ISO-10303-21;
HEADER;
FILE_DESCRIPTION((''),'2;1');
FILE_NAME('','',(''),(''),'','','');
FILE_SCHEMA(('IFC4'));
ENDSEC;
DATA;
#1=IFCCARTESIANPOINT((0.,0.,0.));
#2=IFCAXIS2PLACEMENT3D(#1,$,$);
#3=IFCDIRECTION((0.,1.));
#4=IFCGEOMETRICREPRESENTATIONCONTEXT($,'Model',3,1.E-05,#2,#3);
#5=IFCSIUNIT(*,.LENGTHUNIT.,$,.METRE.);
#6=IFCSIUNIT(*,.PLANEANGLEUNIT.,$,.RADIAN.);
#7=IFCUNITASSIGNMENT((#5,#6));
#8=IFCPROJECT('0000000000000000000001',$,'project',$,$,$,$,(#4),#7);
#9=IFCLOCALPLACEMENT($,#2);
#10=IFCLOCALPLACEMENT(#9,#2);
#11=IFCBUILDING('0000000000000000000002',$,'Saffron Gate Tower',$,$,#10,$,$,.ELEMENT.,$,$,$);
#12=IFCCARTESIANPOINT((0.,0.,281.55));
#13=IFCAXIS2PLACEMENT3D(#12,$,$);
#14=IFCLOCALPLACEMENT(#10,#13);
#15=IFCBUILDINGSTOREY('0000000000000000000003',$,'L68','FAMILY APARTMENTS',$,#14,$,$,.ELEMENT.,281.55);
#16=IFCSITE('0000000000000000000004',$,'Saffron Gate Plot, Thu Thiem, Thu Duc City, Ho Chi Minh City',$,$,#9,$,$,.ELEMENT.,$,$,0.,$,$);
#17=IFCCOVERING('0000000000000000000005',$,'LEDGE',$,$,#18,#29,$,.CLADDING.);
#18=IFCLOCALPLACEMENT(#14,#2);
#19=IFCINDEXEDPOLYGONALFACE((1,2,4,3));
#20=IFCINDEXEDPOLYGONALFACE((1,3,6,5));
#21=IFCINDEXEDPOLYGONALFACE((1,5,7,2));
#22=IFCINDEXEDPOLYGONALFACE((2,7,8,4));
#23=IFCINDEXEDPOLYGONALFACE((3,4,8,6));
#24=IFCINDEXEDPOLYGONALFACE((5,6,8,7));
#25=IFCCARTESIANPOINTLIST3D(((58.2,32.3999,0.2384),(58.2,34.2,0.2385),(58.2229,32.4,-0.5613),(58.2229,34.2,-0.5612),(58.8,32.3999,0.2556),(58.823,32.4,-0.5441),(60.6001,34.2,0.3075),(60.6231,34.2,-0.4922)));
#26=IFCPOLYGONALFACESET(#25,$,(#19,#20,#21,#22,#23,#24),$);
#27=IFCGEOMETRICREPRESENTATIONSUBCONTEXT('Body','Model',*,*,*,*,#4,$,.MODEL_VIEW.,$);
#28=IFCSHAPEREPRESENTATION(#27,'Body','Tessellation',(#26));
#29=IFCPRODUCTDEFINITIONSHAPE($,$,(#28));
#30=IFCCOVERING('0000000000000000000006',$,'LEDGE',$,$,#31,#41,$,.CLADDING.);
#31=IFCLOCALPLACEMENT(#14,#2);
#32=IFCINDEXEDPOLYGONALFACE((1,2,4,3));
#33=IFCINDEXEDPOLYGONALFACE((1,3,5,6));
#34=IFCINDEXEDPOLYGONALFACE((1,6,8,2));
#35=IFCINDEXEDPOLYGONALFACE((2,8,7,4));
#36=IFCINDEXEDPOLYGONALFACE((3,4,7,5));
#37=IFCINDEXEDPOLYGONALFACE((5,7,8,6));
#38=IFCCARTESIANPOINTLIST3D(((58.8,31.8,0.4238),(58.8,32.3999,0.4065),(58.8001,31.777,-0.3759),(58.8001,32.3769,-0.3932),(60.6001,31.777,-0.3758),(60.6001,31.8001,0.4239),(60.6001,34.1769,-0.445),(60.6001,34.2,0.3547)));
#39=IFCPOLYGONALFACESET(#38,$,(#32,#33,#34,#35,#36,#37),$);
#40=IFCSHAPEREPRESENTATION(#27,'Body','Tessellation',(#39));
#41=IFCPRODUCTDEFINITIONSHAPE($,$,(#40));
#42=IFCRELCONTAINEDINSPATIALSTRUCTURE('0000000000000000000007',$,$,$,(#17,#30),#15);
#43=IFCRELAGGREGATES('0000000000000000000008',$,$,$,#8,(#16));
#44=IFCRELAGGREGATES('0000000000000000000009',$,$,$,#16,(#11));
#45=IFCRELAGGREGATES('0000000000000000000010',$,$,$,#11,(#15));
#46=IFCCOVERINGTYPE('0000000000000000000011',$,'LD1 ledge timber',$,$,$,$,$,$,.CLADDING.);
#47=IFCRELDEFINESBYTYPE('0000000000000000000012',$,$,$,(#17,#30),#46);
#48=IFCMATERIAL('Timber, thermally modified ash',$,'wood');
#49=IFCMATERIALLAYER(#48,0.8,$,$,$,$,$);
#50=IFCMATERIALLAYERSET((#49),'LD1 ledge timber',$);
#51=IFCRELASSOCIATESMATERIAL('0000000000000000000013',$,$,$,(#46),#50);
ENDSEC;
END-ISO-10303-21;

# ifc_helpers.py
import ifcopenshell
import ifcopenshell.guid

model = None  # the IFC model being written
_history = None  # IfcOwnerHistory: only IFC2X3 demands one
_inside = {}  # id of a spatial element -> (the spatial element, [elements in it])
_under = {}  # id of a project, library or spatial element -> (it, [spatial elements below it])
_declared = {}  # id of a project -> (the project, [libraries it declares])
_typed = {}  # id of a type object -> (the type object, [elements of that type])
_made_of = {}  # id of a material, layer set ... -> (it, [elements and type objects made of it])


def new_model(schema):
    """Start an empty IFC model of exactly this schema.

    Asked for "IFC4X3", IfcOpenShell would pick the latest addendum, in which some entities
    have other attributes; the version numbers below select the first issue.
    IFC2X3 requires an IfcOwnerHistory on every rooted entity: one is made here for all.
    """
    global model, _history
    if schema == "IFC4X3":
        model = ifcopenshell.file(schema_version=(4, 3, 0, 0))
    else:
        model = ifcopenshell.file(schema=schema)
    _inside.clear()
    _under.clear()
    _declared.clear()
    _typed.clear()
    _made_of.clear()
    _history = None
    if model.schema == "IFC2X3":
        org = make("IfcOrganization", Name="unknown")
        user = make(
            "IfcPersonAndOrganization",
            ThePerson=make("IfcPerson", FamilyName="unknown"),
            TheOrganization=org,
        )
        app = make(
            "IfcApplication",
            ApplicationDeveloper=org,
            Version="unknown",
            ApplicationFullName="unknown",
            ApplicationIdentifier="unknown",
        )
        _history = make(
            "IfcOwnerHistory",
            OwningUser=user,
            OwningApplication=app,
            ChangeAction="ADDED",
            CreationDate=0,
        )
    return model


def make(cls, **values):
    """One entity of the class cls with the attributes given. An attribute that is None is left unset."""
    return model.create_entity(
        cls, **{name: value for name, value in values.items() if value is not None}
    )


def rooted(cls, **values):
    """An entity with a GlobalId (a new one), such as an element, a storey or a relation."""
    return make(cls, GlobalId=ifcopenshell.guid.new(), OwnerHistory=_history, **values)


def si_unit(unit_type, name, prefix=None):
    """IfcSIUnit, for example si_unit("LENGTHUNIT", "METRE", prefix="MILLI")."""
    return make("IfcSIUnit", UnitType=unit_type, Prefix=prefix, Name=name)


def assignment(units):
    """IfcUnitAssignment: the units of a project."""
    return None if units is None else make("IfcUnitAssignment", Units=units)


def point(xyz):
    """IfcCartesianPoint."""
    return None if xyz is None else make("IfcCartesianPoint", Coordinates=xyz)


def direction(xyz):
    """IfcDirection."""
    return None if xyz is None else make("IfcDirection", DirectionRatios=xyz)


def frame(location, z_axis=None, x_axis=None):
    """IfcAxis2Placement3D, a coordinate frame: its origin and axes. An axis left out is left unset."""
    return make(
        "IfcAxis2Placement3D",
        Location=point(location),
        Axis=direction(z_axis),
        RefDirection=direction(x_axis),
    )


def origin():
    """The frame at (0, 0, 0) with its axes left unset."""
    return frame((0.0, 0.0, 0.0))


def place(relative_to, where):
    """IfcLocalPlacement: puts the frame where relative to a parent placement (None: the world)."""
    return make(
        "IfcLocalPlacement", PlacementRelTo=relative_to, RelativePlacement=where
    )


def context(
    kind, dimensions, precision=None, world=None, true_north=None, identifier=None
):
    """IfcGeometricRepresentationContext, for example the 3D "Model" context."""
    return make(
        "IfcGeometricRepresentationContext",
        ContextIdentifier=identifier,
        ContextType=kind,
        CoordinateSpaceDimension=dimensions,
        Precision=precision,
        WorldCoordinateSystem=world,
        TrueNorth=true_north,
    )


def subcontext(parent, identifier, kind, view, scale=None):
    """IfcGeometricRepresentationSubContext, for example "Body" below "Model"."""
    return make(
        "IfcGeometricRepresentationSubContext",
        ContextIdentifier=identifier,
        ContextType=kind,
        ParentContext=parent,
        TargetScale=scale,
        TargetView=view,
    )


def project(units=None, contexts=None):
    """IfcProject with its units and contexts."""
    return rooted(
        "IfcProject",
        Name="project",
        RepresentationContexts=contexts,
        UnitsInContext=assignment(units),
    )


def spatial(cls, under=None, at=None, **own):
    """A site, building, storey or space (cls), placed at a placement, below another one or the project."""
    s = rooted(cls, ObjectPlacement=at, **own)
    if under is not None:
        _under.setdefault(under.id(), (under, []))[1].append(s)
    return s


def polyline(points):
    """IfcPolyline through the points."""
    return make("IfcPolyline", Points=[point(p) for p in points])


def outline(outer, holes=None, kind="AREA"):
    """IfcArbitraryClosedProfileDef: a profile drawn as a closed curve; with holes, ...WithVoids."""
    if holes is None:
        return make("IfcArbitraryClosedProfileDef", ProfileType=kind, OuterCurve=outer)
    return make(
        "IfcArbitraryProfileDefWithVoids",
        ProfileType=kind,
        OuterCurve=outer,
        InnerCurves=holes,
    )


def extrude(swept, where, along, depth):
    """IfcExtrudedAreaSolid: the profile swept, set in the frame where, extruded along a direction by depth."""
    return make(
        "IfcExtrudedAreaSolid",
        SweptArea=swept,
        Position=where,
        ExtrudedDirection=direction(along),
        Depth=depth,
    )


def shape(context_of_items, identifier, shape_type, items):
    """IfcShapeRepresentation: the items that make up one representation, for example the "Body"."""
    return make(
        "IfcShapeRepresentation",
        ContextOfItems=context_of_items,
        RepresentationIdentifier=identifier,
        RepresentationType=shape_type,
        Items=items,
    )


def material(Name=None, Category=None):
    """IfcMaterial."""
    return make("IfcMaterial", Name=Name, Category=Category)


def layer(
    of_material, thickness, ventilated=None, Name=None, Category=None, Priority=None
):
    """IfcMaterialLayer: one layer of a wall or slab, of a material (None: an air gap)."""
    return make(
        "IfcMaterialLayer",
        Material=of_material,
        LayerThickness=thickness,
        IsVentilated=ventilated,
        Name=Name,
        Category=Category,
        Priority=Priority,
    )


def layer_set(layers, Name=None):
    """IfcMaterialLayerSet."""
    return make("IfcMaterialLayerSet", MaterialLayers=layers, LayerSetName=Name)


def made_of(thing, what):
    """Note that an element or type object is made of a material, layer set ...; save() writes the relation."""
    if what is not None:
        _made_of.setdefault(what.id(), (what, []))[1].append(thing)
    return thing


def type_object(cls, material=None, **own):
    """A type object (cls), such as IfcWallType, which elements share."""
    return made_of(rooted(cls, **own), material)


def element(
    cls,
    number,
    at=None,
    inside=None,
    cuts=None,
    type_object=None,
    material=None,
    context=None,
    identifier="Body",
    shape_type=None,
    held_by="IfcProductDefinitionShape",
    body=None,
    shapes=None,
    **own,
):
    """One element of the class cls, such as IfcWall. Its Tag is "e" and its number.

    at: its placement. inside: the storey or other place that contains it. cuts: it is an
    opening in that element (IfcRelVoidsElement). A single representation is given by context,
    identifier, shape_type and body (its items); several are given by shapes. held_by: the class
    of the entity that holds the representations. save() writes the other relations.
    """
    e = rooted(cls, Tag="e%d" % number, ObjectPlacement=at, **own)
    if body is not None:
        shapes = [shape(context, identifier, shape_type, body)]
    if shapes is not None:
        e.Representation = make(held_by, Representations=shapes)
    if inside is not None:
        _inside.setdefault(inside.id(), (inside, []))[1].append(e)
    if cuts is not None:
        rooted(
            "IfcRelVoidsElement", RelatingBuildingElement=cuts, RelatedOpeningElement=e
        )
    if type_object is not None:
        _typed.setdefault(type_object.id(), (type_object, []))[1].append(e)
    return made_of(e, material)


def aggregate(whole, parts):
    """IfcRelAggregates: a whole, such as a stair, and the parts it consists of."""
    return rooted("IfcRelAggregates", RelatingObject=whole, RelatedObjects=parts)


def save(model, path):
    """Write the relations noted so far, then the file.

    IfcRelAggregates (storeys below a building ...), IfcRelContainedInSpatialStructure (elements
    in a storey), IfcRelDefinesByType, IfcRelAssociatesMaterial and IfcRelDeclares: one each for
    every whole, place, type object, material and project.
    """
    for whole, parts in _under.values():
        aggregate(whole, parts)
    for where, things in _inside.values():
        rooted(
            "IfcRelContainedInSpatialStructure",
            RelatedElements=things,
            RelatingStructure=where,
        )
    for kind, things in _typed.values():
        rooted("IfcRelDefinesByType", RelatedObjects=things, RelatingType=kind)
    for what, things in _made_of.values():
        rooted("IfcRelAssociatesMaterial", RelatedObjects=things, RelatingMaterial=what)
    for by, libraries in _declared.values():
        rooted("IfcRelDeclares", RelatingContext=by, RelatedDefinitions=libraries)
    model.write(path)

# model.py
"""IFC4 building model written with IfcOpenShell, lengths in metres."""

from ifc_helpers import new_model, si_unit, direction, frame, origin, place, context, subcontext, project, spatial, polyline, outline, extrude, material, layer, layer_set, type_object, element, save


model = new_model("IFC4")

# Units and contexts
model_context = context("Model", 3, precision=1e-05, world=origin(), true_north=direction((0.0, 1.0)))
body_context = subcontext(model_context, "Body", "Model", "MODEL_VIEW")
ifc_project = project(units=[si_unit("LENGTHUNIT", "METRE"), si_unit("PLANEANGLEUNIT", "RADIAN")], contexts=[model_context])

# Site, building, storey
site_placement = place(None, origin())
site = spatial("IfcSite", under=ifc_project, at=site_placement, Name="Saffron Gate Plot, Thu Thiem, Thu Duc City, Ho Chi Minh City", CompositionType="ELEMENT", RefElevation=0.0)
building_placement = place(site_placement, origin())
building = spatial("IfcBuilding", under=site, at=building_placement, Name="Saffron Gate Tower", CompositionType="ELEMENT")
storey_placement = place(building_placement, frame((0.0, 0.0, 281.55)))
storey = spatial("IfcBuildingStorey", under=building, at=storey_placement, Name="L68", Description="FAMILY APARTMENTS", CompositionType="ELEMENT", Elevation=281.55)

# Coverings
ifc_material_1 = material(Name="Timber, thermally modified ash", Category="wood")
ifc_layer_1 = layer(ifc_material_1, 0.8)
ifc_layer_set_1 = layer_set([ifc_layer_1], Name="LD1 ledge timber")
covering_type = type_object("IfcCoveringType", Name="LD1 ledge timber", PredefinedType="CLADDING", material=ifc_layer_set_1)
covering_1_placement = place(storey_placement, frame((58.2, 34.2, 0.2385), z_axis=(-0.028713, -0.000082, 0.999588), x_axis=(0.999588, 0.0, 0.028713)))
element("IfcCovering", 1, at=covering_1_placement, inside=storey, type_object=covering_type, Name="LEDGE", PredefinedType="CLADDING", context=body_context, shape_type="SweptSolid", body=[
    extrude(outline(polyline([(0.0, 0.0), (2.4011, 0.0), (0.6003, -1.8), (0.0, -1.8), (0.0, 0.0)])), origin(), (0.0, 0.0, -1.0), 0.8),
])
covering_2_placement = place(storey_placement, frame((60.6001, 34.2, 0.3547), z_axis=(-0.000029, 0.028799, 0.999585), x_axis=(0.0, -0.999585, 0.028799)))
element("IfcCovering", 2, at=covering_2_placement, inside=storey, type_object=covering_type, Name="LEDGE", PredefinedType="CLADDING", context=body_context, shape_type="SweptSolid", body=[
    extrude(outline(polyline([(0.0, 0.0), (2.4009, 0.0), (2.4009, -1.8), (1.8008, -1.8), (0.0, 0.0)])), origin(), (0.0, 0.0, -1.0), 0.8),
])

save(model, "model.ifc")
